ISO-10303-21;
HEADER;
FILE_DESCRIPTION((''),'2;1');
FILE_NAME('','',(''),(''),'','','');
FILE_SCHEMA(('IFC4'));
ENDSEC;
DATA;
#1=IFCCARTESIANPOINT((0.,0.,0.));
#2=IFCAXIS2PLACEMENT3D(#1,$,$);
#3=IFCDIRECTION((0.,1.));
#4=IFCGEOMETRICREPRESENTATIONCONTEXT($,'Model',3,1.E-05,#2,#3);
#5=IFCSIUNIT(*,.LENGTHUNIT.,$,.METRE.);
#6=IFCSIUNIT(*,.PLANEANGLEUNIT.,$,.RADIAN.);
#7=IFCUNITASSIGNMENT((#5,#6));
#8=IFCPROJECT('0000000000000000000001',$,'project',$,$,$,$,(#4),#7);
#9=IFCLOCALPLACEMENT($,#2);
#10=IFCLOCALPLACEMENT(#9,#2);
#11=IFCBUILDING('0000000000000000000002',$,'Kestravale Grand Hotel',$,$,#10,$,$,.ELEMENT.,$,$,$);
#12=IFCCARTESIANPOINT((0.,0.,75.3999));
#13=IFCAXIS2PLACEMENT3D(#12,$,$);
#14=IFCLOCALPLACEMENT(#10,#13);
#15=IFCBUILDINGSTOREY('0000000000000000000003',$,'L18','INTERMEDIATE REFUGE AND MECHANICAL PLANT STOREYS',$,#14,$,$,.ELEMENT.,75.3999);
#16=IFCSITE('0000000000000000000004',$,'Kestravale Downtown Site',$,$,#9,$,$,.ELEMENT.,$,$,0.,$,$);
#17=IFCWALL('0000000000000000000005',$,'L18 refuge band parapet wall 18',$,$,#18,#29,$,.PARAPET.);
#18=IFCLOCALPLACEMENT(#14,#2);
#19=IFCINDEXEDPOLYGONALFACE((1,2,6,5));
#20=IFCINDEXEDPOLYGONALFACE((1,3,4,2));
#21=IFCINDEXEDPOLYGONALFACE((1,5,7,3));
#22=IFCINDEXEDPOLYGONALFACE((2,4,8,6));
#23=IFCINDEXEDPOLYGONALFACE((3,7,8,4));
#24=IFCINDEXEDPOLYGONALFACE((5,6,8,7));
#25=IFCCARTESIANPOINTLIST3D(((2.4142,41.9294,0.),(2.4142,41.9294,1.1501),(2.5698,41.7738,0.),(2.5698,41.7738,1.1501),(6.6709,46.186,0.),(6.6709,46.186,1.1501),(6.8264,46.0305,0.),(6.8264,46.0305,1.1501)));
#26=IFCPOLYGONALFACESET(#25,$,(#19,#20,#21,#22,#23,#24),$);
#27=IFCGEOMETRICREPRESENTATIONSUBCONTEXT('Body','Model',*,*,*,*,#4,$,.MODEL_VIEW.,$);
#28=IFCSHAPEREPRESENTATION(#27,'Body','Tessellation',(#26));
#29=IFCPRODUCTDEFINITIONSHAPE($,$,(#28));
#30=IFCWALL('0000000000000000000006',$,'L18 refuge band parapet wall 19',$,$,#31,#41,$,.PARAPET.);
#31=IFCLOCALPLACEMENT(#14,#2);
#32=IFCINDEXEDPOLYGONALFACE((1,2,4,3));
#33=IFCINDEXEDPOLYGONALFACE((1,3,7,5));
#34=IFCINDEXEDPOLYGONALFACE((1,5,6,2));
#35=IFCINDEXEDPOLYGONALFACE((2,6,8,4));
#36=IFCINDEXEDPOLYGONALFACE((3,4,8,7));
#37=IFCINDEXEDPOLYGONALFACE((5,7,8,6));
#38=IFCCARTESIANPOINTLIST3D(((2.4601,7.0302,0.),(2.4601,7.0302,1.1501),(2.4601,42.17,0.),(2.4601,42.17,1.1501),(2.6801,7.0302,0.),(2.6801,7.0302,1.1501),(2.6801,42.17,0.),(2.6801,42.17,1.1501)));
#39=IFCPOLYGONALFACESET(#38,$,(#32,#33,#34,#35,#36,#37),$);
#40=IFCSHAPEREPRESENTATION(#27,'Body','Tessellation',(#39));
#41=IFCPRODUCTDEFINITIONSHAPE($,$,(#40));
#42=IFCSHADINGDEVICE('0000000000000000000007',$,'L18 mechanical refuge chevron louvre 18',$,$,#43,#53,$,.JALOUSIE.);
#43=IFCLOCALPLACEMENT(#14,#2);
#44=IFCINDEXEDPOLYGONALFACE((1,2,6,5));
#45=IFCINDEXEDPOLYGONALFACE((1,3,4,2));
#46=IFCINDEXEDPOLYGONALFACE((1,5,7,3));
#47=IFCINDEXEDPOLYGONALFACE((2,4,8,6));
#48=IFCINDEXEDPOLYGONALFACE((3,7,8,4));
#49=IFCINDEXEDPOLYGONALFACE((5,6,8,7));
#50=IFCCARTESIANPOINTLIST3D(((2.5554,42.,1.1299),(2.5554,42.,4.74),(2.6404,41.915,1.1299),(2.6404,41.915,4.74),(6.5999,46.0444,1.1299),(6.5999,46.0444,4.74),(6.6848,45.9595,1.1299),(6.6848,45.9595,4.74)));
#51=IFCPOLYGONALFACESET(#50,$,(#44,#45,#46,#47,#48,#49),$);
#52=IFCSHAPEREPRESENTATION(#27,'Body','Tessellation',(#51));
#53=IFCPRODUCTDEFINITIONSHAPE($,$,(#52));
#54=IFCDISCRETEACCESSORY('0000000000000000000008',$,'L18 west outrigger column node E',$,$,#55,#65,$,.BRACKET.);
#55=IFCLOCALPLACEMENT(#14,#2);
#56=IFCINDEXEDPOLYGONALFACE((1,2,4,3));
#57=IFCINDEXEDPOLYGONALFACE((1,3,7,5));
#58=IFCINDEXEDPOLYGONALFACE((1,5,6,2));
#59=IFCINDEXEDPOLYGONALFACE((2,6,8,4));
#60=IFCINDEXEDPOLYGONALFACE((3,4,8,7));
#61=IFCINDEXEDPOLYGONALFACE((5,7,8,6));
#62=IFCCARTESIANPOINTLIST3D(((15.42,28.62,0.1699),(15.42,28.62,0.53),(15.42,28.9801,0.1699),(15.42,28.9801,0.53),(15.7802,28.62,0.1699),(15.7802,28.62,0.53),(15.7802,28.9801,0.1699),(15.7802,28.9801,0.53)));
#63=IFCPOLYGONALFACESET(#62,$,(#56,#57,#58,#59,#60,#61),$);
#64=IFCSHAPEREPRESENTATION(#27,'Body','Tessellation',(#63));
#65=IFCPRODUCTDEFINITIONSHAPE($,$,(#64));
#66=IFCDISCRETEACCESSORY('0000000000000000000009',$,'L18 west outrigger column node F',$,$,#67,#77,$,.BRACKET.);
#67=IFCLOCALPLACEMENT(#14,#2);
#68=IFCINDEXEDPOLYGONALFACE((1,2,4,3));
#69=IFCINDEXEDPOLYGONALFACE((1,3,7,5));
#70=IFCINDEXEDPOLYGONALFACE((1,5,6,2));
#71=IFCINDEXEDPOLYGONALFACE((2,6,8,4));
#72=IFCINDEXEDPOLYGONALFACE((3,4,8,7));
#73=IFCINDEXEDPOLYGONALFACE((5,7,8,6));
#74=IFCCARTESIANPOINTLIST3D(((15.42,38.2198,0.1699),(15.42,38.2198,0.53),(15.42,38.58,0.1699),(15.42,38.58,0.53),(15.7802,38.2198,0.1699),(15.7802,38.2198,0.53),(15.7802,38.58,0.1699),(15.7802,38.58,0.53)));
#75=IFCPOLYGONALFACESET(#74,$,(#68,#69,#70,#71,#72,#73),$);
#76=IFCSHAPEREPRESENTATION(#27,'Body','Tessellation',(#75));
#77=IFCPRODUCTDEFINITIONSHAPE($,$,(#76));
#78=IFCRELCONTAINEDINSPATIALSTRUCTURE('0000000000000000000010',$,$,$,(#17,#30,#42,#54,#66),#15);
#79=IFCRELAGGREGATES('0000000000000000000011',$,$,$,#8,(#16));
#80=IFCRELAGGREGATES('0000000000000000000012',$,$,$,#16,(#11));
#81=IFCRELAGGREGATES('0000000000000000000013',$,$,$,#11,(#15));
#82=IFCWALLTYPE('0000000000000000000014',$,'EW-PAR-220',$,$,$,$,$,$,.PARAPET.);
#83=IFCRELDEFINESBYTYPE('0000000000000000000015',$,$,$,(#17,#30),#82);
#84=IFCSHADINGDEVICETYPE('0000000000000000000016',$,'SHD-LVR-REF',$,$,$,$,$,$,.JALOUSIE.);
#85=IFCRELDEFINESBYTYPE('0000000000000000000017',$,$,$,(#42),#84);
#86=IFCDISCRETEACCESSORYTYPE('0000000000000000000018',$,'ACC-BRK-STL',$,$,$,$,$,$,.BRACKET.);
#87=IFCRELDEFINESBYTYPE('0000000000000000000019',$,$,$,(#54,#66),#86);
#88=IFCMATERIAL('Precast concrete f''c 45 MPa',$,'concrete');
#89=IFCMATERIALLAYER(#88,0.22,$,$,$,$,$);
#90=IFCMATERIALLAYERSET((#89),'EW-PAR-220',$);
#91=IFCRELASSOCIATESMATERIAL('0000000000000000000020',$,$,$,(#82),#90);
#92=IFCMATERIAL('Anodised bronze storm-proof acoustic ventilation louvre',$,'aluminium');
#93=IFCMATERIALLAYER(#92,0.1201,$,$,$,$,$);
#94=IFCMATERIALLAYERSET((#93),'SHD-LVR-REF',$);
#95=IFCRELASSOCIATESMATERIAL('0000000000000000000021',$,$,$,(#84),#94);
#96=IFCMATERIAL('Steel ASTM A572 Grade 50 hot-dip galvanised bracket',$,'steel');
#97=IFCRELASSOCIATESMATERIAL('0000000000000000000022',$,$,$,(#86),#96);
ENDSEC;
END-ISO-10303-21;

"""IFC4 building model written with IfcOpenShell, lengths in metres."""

from ifc_helpers import new_model, si_unit, direction, frame, frame_2d, origin, origin_2d, place, context, subcontext, project, spatial, rectangle, extrude, material, layer, layer_set, type_object, element, save


model = new_model("IFC4")

# Units and contexts
model_context = context("Model", 3, precision=1e-05, world=origin(), true_north=direction((0.0, 1.0)))
body_context = subcontext(model_context, "Body", "Model", "MODEL_VIEW")
ifc_project = project(units=[si_unit("LENGTHUNIT", "METRE"), si_unit("PLANEANGLEUNIT", "RADIAN")], contexts=[model_context])

# Site, building, storey
site_placement = place(None, origin())
site = spatial("IfcSite", under=ifc_project, at=site_placement, Name="Kestravale Downtown Site", CompositionType="ELEMENT", RefElevation=0.0)
building_placement = place(site_placement, origin())
building = spatial("IfcBuilding", under=site, at=building_placement, Name="Kestravale Grand Hotel", CompositionType="ELEMENT")
storey_placement = place(building_placement, frame((0.0, 0.0, 75.3999)))
storey = spatial("IfcBuildingStorey", under=building, at=storey_placement, Name="L18", Description="INTERMEDIATE REFUGE AND MECHANICAL PLANT STOREYS", CompositionType="ELEMENT", Elevation=75.3999)

# Walls
ifc_material_1 = material(Name="Precast concrete f'c 45 MPa", Category="concrete")
ifc_layer_1 = layer(ifc_material_1, 0.22)
ifc_layer_set_1 = layer_set([ifc_layer_1], Name="EW-PAR-220")
wall_type = type_object("IfcWallType", Name="EW-PAR-220", PredefinedType="PARAPET", material=ifc_layer_set_1)
wall_1_placement = place(storey_placement, frame((6.7485, 46.1082, 0.0), z_axis=(0.0, 0.0, 1.0), x_axis=(-0.707107, -0.707107, 0.0)))
element("IfcWall", 1, at=wall_1_placement, inside=storey, type_object=wall_type, Name="L18 refuge band parapet wall 18", PredefinedType="PARAPET", context=body_context, shape_type="SweptSolid", body=[
    extrude(rectangle(XDim=6.0198, YDim=0.22, at=frame_2d((3.0098, 0.0))), origin(), (0.0, 0.0, 1.0), 1.1501),
])
wall_2_placement = place(storey_placement, frame((2.5701, 42.1699, 0.0), z_axis=(0.0, 0.0, 1.0), x_axis=(0.0, -1.0, 0.0)))
element("IfcWall", 2, at=wall_2_placement, inside=storey, type_object=wall_type, Name="L18 refuge band parapet wall 19", PredefinedType="PARAPET", context=body_context, shape_type="SweptSolid", body=[
    extrude(rectangle(XDim=35.1399, YDim=0.22, at=frame_2d((17.5698, 0.0))), origin(), (0.0, 0.0, 1.0), 1.1501),
])

# Shading device
ifc_material_2 = material(Name="Anodised bronze storm-proof acoustic ventilation louvre", Category="aluminium")
ifc_layer_2 = layer(ifc_material_2, 0.1201)
ifc_layer_set_2 = layer_set([ifc_layer_2], Name="SHD-LVR-REF")
shading_device_type = type_object("IfcShadingDeviceType", Name="SHD-LVR-REF", PredefinedType="JALOUSIE", material=ifc_layer_set_2)
shading_device_placement = place(storey_placement, frame((4.6201, 43.9797, 1.1299), z_axis=(0.0, 0.0, 1.0), x_axis=(-0.707107, -0.707107, 0.0)))
element("IfcShadingDevice", 3, at=shading_device_placement, inside=storey, type_object=shading_device_type, Name="L18 mechanical refuge chevron louvre 18", PredefinedType="JALOUSIE", context=body_context, shape_type="SweptSolid", body=[
    extrude(rectangle(XDim=5.7197, YDim=0.1201, at=origin_2d()), origin(), (0.0, 0.0, 1.0), 3.6101),
])

# Discrete accessories
ifc_material_3 = material(Name="Steel ASTM A572 Grade 50 hot-dip galvanised bracket", Category="steel")
discrete_accessory_type = type_object("IfcDiscreteAccessoryType", Name="ACC-BRK-STL", PredefinedType="BRACKET", material=ifc_material_3)
for number, where, z_axis, x_axis, name in (
    (4, (15.6001, 28.8, 0.1699), (0.0, 0.0, 1.0), (1.0, 0.0, 0.0), "L18 west outrigger column node E"),
    (5, (15.6001, 38.3999, 0.1699), (0.0, 0.0, 1.0), (1.0, 0.0, 0.0), "L18 west outrigger column node F"),
):
    element("IfcDiscreteAccessory", number, at=place(storey_placement, frame(where, z_axis=z_axis, x_axis=x_axis)), inside=storey, type_object=discrete_accessory_type, Name=name, PredefinedType="BRACKET", context=body_context, shape_type="SweptSolid", body=[
        extrude(rectangle(XDim=0.3601, YDim=0.3601, at=origin_2d()), origin(), (0.0, 0.0, 1.0), 0.3601),
    ])

save(model, "model.ifc")
